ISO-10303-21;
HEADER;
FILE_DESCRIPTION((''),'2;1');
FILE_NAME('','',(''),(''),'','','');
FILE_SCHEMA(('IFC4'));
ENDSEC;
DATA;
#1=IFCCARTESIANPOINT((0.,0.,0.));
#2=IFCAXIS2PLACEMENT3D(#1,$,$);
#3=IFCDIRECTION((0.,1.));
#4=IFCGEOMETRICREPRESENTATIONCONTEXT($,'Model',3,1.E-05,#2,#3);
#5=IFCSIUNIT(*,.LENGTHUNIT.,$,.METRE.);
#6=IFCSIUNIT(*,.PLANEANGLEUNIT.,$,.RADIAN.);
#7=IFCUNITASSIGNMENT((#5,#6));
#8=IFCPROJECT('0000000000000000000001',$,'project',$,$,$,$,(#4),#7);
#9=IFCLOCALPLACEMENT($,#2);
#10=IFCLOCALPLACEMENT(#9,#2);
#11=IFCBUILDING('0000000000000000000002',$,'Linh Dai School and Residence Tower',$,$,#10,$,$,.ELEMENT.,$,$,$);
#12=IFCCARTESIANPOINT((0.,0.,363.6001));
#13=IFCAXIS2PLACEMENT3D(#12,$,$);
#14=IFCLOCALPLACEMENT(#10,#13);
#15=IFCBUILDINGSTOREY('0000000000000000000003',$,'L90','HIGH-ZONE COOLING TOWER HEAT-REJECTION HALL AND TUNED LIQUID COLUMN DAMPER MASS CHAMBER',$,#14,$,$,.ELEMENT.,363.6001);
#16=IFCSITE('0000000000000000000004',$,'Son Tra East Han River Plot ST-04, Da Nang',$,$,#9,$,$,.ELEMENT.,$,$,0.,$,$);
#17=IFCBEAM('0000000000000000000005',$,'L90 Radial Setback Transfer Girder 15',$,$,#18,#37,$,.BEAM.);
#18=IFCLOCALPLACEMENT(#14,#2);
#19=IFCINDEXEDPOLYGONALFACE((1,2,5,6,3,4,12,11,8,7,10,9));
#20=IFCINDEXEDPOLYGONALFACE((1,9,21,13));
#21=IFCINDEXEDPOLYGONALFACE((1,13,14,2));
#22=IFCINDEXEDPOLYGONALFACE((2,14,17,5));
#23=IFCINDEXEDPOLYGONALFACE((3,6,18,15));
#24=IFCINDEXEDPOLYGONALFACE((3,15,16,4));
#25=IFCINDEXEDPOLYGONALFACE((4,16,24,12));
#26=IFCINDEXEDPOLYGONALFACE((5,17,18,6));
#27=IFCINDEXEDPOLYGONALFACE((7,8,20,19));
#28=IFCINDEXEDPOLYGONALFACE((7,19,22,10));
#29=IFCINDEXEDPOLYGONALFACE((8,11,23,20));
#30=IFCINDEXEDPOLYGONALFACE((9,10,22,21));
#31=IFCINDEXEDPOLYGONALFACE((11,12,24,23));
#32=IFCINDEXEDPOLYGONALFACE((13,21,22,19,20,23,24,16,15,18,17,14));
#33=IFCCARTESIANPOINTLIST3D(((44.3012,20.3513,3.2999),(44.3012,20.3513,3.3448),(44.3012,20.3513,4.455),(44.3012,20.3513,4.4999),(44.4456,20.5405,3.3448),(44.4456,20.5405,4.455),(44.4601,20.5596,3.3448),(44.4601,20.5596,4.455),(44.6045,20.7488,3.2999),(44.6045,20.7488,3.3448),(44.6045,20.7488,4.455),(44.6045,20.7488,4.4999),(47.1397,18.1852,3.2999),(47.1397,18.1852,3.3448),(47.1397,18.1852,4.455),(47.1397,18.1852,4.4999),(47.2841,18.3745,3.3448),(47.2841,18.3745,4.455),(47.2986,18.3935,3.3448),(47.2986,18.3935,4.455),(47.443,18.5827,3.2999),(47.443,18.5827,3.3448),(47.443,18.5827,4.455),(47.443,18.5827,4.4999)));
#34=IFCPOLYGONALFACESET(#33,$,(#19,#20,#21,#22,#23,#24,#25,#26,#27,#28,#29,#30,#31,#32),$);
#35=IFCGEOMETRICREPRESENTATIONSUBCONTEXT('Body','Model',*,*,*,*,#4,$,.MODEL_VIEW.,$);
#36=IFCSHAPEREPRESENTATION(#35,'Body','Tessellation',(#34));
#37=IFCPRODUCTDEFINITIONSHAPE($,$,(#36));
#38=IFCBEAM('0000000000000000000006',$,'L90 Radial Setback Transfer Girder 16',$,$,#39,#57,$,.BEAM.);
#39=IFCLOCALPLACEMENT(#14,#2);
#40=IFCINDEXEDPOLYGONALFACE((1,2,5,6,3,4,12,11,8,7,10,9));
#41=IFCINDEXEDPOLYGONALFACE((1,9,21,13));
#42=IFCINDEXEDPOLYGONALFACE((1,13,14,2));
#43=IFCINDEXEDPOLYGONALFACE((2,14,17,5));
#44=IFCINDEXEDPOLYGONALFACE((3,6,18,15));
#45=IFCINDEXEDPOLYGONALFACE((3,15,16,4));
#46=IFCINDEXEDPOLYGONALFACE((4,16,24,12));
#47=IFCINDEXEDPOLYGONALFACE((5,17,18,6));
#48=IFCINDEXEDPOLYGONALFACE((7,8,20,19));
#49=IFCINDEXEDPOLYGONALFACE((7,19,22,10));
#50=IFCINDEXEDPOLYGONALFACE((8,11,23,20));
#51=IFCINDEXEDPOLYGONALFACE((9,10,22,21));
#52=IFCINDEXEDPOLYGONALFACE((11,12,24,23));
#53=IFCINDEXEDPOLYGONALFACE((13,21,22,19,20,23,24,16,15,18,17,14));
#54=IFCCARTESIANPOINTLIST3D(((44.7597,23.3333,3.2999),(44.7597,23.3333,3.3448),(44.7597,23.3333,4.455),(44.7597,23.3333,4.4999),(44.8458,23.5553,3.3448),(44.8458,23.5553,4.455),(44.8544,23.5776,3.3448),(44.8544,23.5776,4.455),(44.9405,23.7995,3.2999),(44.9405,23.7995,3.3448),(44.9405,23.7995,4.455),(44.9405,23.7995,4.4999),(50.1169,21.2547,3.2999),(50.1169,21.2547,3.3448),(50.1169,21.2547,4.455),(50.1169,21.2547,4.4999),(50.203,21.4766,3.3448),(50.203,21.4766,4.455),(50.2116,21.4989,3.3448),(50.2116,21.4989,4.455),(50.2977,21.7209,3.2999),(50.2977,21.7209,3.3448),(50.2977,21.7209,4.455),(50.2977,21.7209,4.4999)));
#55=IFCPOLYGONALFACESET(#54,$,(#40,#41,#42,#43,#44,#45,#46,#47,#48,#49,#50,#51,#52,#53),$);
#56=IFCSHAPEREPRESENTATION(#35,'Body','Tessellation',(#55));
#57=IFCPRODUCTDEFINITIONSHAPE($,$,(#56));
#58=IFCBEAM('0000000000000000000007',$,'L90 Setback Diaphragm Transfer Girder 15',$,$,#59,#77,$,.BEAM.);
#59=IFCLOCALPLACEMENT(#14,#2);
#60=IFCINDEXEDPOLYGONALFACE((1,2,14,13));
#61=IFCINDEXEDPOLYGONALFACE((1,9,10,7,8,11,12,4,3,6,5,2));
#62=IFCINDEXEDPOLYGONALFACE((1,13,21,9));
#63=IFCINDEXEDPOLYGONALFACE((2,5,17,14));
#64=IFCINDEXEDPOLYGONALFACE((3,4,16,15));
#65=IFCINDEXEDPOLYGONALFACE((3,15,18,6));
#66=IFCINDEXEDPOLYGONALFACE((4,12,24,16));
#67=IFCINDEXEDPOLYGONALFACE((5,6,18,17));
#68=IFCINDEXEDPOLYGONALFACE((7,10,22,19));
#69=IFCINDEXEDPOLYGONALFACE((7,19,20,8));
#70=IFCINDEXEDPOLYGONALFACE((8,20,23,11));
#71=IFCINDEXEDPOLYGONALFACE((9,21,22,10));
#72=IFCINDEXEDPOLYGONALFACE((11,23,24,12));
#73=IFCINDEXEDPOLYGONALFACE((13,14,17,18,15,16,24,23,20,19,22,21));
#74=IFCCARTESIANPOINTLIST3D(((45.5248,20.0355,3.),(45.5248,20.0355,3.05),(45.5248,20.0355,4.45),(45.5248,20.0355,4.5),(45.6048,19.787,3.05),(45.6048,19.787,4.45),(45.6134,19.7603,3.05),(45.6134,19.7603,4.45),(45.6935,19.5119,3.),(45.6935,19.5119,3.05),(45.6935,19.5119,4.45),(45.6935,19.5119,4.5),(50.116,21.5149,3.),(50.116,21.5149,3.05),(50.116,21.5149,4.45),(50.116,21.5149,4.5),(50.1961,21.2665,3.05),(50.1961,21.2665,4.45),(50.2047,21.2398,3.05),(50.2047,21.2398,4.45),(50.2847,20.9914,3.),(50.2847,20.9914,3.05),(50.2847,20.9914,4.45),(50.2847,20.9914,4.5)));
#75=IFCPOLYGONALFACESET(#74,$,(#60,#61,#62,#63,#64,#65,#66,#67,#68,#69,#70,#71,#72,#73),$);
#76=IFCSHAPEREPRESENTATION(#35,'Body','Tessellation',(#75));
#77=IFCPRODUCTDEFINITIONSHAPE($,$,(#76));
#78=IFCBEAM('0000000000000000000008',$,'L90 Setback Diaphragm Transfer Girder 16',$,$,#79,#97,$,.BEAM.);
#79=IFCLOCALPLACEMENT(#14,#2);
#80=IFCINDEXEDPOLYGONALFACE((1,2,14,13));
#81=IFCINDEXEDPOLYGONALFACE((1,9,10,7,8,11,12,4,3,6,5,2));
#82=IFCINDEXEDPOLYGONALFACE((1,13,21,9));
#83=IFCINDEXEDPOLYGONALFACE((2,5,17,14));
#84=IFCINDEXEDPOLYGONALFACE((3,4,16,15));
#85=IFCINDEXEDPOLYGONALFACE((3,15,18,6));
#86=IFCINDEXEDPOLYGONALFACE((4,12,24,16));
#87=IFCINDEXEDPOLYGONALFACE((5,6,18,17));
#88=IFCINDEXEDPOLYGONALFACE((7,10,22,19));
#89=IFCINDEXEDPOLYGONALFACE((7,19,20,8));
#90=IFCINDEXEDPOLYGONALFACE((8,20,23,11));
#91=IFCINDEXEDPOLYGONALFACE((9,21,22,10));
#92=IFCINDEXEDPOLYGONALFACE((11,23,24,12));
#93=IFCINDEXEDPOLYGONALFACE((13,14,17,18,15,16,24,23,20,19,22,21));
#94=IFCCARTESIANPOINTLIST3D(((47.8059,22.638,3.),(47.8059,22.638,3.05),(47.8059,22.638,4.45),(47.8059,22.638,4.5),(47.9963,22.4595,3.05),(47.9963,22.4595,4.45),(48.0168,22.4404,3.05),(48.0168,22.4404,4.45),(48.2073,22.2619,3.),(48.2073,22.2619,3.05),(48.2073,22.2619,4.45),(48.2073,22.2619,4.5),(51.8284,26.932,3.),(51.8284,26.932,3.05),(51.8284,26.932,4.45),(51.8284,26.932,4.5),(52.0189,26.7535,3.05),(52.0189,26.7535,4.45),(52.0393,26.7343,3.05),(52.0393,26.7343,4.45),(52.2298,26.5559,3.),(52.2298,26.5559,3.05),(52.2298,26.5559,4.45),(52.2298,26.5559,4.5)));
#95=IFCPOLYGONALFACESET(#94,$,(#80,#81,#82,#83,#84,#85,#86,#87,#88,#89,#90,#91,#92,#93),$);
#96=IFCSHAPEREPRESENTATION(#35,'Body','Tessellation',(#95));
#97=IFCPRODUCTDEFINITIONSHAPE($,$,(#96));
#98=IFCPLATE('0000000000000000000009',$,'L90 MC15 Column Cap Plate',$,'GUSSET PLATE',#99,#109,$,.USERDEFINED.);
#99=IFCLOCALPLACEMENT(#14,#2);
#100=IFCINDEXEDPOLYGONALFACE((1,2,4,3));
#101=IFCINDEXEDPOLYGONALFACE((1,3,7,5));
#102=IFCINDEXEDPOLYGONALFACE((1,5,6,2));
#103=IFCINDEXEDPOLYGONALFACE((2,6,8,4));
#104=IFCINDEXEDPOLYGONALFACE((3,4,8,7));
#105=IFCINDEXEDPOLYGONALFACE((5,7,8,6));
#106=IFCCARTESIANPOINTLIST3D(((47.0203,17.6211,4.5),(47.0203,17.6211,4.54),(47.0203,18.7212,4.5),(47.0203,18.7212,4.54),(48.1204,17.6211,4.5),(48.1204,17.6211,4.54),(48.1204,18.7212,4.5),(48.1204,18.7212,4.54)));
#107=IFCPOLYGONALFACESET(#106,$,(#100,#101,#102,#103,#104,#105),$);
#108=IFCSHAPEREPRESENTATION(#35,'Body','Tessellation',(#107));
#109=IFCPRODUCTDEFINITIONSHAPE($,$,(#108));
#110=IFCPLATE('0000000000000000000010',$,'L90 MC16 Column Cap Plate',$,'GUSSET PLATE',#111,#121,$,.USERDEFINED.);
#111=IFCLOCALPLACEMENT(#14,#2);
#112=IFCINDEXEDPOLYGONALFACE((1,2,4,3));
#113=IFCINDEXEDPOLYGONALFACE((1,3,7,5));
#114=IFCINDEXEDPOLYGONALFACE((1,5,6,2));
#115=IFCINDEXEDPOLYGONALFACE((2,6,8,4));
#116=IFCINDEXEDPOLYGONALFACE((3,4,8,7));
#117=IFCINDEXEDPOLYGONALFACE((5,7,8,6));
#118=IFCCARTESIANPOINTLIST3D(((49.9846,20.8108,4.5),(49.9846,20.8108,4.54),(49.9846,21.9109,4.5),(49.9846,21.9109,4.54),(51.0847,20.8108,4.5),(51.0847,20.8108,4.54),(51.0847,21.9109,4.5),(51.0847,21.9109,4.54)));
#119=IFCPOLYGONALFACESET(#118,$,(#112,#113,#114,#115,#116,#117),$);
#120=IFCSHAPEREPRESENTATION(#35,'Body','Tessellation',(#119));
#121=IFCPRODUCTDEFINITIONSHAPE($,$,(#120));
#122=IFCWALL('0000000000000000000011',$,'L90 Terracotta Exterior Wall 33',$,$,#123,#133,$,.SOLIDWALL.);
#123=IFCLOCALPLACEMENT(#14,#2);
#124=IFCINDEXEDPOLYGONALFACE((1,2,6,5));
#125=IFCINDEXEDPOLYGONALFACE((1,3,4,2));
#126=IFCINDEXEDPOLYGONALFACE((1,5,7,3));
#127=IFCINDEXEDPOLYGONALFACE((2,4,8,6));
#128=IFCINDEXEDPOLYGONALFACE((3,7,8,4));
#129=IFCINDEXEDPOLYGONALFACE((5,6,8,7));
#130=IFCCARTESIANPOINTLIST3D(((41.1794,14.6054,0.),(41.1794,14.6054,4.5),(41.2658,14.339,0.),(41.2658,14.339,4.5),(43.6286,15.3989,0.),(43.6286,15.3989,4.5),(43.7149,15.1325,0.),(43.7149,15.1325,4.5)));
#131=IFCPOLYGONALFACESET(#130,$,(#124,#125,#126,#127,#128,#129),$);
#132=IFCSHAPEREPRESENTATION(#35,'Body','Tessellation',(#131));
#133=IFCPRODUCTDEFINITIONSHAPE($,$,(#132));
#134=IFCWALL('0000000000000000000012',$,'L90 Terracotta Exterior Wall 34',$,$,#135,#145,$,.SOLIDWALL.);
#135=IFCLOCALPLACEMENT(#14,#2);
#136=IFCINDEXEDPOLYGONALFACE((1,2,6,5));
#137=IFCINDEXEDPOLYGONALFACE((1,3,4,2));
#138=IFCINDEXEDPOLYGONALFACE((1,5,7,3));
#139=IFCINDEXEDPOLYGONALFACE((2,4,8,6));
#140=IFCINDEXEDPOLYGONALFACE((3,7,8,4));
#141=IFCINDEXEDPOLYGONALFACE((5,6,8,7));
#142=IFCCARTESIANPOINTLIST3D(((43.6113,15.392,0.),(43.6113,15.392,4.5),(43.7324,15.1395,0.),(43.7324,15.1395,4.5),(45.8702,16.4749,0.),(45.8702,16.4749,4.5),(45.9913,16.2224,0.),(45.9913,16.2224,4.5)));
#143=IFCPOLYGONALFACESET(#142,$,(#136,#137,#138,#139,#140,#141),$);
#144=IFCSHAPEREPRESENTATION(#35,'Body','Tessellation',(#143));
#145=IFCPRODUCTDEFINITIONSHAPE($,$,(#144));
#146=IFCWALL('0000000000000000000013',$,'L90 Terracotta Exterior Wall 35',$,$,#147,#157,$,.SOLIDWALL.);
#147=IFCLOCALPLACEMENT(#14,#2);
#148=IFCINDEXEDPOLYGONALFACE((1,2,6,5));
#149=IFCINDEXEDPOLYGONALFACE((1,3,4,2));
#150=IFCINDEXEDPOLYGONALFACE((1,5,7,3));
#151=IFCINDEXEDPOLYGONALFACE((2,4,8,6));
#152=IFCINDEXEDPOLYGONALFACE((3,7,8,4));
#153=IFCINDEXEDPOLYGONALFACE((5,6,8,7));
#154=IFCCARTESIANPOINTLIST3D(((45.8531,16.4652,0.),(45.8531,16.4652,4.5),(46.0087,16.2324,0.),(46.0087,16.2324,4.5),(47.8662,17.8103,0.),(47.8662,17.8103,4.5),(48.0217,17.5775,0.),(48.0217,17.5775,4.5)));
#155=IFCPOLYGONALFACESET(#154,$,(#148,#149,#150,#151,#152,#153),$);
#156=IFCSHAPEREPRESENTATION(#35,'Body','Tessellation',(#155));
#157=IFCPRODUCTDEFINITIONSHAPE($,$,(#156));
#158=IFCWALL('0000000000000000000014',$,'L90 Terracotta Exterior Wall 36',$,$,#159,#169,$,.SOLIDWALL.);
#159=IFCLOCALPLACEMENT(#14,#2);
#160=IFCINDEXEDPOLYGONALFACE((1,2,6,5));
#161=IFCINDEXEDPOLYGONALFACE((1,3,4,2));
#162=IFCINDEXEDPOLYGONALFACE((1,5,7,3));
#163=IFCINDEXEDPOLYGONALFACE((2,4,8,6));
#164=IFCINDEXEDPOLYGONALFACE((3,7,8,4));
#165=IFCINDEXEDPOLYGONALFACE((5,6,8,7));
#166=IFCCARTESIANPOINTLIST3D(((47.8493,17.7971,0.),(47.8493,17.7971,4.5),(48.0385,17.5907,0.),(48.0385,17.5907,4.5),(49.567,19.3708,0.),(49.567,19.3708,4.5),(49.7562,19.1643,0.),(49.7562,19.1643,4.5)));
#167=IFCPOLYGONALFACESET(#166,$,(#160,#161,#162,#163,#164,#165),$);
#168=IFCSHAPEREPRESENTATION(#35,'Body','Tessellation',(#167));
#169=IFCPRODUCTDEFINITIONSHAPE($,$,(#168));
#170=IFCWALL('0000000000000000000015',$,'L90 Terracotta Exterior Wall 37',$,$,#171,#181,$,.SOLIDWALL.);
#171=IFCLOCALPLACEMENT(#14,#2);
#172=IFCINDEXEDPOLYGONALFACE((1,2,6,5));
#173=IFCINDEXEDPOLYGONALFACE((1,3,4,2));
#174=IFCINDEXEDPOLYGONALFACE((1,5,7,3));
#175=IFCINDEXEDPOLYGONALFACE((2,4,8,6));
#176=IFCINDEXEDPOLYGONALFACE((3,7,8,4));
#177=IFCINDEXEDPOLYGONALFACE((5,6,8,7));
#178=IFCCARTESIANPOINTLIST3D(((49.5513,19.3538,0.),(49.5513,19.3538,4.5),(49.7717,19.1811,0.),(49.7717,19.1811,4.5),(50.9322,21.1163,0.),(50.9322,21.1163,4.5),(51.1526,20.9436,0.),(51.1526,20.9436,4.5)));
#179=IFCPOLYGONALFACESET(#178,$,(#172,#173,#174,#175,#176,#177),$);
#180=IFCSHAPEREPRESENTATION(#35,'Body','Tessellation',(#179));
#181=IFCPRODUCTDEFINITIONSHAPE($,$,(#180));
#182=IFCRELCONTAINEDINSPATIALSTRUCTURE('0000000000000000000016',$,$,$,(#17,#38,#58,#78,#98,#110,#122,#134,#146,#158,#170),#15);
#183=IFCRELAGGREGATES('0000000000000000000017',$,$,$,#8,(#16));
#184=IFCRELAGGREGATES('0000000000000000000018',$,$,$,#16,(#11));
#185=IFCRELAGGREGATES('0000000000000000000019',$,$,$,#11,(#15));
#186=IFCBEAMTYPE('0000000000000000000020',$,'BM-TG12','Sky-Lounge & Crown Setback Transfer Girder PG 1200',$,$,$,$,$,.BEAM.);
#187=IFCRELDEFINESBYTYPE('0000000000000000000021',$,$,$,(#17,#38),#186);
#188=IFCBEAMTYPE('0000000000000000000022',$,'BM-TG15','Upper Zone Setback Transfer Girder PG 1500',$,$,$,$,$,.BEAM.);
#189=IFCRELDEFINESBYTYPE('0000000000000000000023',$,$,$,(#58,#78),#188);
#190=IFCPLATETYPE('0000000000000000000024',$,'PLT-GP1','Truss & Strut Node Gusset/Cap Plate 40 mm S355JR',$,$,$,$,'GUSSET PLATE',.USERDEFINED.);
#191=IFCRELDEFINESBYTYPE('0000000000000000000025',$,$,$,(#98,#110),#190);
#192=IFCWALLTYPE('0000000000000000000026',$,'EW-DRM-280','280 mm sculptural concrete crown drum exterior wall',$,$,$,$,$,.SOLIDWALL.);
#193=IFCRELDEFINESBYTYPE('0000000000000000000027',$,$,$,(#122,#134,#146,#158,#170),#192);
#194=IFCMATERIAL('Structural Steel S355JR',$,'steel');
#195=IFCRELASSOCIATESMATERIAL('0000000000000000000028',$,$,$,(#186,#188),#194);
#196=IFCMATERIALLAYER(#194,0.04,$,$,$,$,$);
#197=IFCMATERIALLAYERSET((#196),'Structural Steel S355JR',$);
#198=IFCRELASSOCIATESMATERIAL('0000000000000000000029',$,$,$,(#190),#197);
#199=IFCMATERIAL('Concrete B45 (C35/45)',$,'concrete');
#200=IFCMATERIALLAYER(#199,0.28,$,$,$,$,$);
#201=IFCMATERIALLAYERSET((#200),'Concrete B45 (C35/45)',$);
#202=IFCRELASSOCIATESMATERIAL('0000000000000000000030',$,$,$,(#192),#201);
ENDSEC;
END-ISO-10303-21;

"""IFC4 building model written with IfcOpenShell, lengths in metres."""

from ifc_helpers import new_model, si_unit, direction, frame, frame_2d, origin, origin_2d, place, context, subcontext, project, spatial, rectangle, i_section, extrude, source, transform, mapped, material, layer, layer_set, material_profile, profile_set, type_object, element, save


model = new_model("IFC4")

# Units and contexts
model_context = context("Model", 3, precision=1e-05, world=origin(), true_north=direction((0.0, 1.0)))
body_context = subcontext(model_context, "Body", "Model", "MODEL_VIEW")
ifc_project = project(units=[si_unit("LENGTHUNIT", "METRE"), si_unit("PLANEANGLEUNIT", "RADIAN")], contexts=[model_context])

# Site, building, storey
site_placement = place(None, origin())
site = spatial("IfcSite", under=ifc_project, at=site_placement, Name="Son Tra East Han River Plot ST-04, Da Nang", CompositionType="ELEMENT", RefElevation=0.0)
building_placement = place(site_placement, origin())
building = spatial("IfcBuilding", under=site, at=building_placement, Name="Linh Dai School and Residence Tower", CompositionType="ELEMENT")
storey_placement = place(building_placement, frame((0.0, 0.0, 363.6001)))
storey = spatial("IfcBuildingStorey", under=building, at=storey_placement, Name="L90", Description="HIGH-ZONE COOLING TOWER HEAT-REJECTION HALL AND TUNED LIQUID COLUMN DAMPER MASS CHAMBER", CompositionType="ELEMENT", Elevation=363.6001)

# Shared definitions
ifc_material_1 = material(Name="Concrete B45 (C35/45)", Category="concrete")
ifc_material_2 = material(Name="Structural Steel S355JR", Category="steel")

# Beams
ifc_material_profile_1 = material_profile(ifc_material_2, i_section(OverallWidth=0.5, OverallDepth=1.2, WebThickness=0.0239, FlangeThickness=0.0449, at=origin_2d()), Name="PG 1200x500x24x45")
ifc_profile_set_1 = profile_set([ifc_material_profile_1], Name="Structural Steel S355JR")
beam_type_1 = type_object("IfcBeamType", Name="BM-TG12", Description="Sky-Lounge & Crown Setback Transfer Girder PG 1200", PredefinedType="BEAM", material=ifc_profile_set_1)
beam_1_placement = place(storey_placement, frame((44.4529, 20.55, 3.8999), z_axis=(0.794967, -0.606653, 0.0), x_axis=(0.606653, 0.794967, 0.0)))
element("IfcBeam", 1, at=beam_1_placement, inside=storey, type_object=beam_type_1, Name="L90 Radial Setback Transfer Girder 15", PredefinedType="BEAM", context=body_context, shape_type="SweptSolid", body=[
    extrude(i_section(OverallWidth=0.5, OverallDepth=1.2, WebThickness=0.0239, FlangeThickness=0.0449, at=origin_2d()), origin(), (0.0, 0.0, 1.0), 3.5706),
])
beam_2_placement = place(storey_placement, frame((44.8501, 23.5664, 3.8999), z_axis=(0.932283, -0.361731, 0.0), x_axis=(0.361731, 0.932283, 0.0)))
element("IfcBeam", 2, at=beam_2_placement, inside=storey, type_object=beam_type_1, Name="L90 Radial Setback Transfer Girder 16", PredefinedType="BEAM", context=body_context, shape_type="SweptSolid", body=[
    extrude(i_section(OverallWidth=0.5, OverallDepth=1.2, WebThickness=0.0239, FlangeThickness=0.0449, at=origin_2d()), origin(), (0.0, 0.0, 1.0), 5.7463),
])
ifc_material_profile_2 = material_profile(ifc_material_2, i_section(OverallWidth=0.55, OverallDepth=1.5, WebThickness=0.0281, FlangeThickness=0.05, at=origin_2d()), Name="PG 1500x550x28x50")
ifc_profile_set_2 = profile_set([ifc_material_profile_2], Name="Structural Steel S355JR")
beam_type_2 = type_object("IfcBeamType", Name="BM-TG15", Description="Upper Zone Setback Transfer Girder PG 1500", PredefinedType="BEAM", material=ifc_profile_set_2)
beam_3_placement = place(storey_placement, frame((45.6091, 19.7737, 3.75), z_axis=(0.951804, 0.306707, 0.0), x_axis=(-0.306707, 0.951804, 0.0)))
element("IfcBeam", 3, at=beam_3_placement, inside=storey, type_object=beam_type_2, Name="L90 Setback Diaphragm Transfer Girder 15", PredefinedType="BEAM", context=body_context, shape_type="SweptSolid", body=[
    extrude(i_section(OverallWidth=0.55, OverallDepth=1.5, WebThickness=0.0281, FlangeThickness=0.05, at=origin_2d()), origin(), (0.0, 0.0, 1.0), 4.8237),
])
beam_4_placement = place(storey_placement, frame((48.0066, 22.45, 3.75), z_axis=(0.68366, 0.729801, 0.0), x_axis=(-0.729801, 0.68366, 0.0)))
element("IfcBeam", 4, at=beam_4_placement, inside=storey, type_object=beam_type_2, Name="L90 Setback Diaphragm Transfer Girder 16", PredefinedType="BEAM", context=body_context, shape_type="SweptSolid", body=[
    extrude(i_section(OverallWidth=0.55, OverallDepth=1.5, WebThickness=0.0281, FlangeThickness=0.05, at=origin_2d()), origin(), (0.0, 0.0, 1.0), 5.8838),
])

# Plates
ifc_layer_1 = layer(ifc_material_2, 0.04)
ifc_layer_set_1 = layer_set([ifc_layer_1], Name="Structural Steel S355JR")
plate_type = type_object("IfcPlateType", Name="PLT-GP1", Description="Truss & Strut Node Gusset/Cap Plate 40 mm S355JR", ElementType="GUSSET PLATE", PredefinedType="USERDEFINED", material=ifc_layer_set_1)
shared_shape_1 = source(origin(), body_context, "Body", "SweptSolid", [
    extrude(rectangle(XDim=1.1001, YDim=1.1001, at=origin_2d()), origin(), (0.0, 0.0, 1.0), 0.04),
])
for number, where, z_axis, x_axis, name in (
    (5, (47.5703, 18.1711, 4.5), (0.0, 0.0, 1.0), (1.0, 0.0, 0.0), "L90 MC15 Column Cap Plate"),
    (6, (50.5347, 21.3608, 4.5), (0.0, 0.0, 1.0), (1.0, 0.0, 0.0), "L90 MC16 Column Cap Plate"),
):
    element("IfcPlate", number, at=place(storey_placement, frame(where, z_axis=z_axis, x_axis=x_axis)), inside=storey, type_object=plate_type, Name=name, ObjectType="GUSSET PLATE", PredefinedType="USERDEFINED", context=body_context, shape_type="MappedRepresentation", body=[
        mapped(shared_shape_1, transform((0.0, 0.0, 0.0), x_axis=(1.0, 0.0, 0.0), y_axis=(0.0, 1.0, 0.0), z_axis=(0.0, 0.0, 1.0), scale=1.0)),
    ])

# Walls
ifc_layer_2 = layer(ifc_material_1, 0.28)
ifc_layer_set_2 = layer_set([ifc_layer_2], Name="Concrete B45 (C35/45)")
wall_type_1 = type_object("IfcWallType", Name="EW-DRM-280", Description="280 mm sculptural concrete crown drum exterior wall", PredefinedType="SOLIDWALL", material=ifc_layer_set_2)
wall_1_placement = place(storey_placement, frame((43.6716, 15.2656, 0.0), z_axis=(0.0, 0.0, 1.0), x_axis=(-0.951324, -0.308194, 0.0)))
element("IfcWall", 7, at=wall_1_placement, inside=storey, type_object=wall_type_1, Name="L90 Terracotta Exterior Wall 33", PredefinedType="SOLIDWALL", context=body_context, shape_type="SweptSolid", body=[
    extrude(rectangle(XDim=2.5745, YDim=0.28, at=frame_2d((1.2871, 0.0))), origin(), (0.0, 0.0, 1.0), 4.5),
])
wall_2_placement = place(storey_placement, frame((45.9307, 16.3486, 0.0), z_axis=(0.0, 0.0, 1.0), x_axis=(-0.90173, -0.4323, 0.0)))
element("IfcWall", 8, at=wall_2_placement, inside=storey, type_object=wall_type_1, Name="L90 Terracotta Exterior Wall 34", PredefinedType="SOLIDWALL", context=body_context, shape_type="SweptSolid", body=[
    extrude(rectangle(XDim=2.5051, YDim=0.28, at=frame_2d((1.2524, 0.0))), origin(), (0.0, 0.0, 1.0), 4.5),
])
wall_3_placement = place(storey_placement, frame((47.9438, 17.6938, 0.0), z_axis=(0.0, 0.0, 1.0), x_axis=(-0.83146, -0.555584, 0.0)))
element("IfcWall", 9, at=wall_3_placement, inside=storey, type_object=wall_type_1, Name="L90 Terracotta Exterior Wall 35", PredefinedType="SOLIDWALL", context=body_context, shape_type="SweptSolid", body=[
    extrude(rectangle(XDim=2.4211, YDim=0.28, at=frame_2d((1.2104, 0.0))), origin(), (0.0, 0.0, 1.0), 4.5),
])
wall_4_placement = place(storey_placement, frame((49.6616, 19.2676, 0.0), z_axis=(0.0, 0.0, 1.0), x_axis=(-0.737346, -0.675516, 0.0)))
element("IfcWall", 10, at=wall_4_placement, inside=storey, type_object=wall_type_1, Name="L90 Terracotta Exterior Wall 36", PredefinedType="SOLIDWALL", context=body_context, shape_type="SweptSolid", body=[
    extrude(rectangle(XDim=2.3296, YDim=0.28, at=frame_2d((1.1648, 0.0))), origin(), (0.0, 0.0, 1.0), 4.5),
])
wall_5_placement = place(storey_placement, frame((51.0425, 21.03, 0.0), z_axis=(0.0, 0.0, 1.0), x_axis=(-0.616737, -0.787169, 0.0)))
element("IfcWall", 11, at=wall_5_placement, inside=storey, type_object=wall_type_1, Name="L90 Terracotta Exterior Wall 37", PredefinedType="SOLIDWALL", context=body_context, shape_type="SweptSolid", body=[
    extrude(rectangle(XDim=2.239, YDim=0.28, at=frame_2d((1.1196, 0.0))), origin(), (0.0, 0.0, 1.0), 4.5),
])

save(model, "model.ifc")
